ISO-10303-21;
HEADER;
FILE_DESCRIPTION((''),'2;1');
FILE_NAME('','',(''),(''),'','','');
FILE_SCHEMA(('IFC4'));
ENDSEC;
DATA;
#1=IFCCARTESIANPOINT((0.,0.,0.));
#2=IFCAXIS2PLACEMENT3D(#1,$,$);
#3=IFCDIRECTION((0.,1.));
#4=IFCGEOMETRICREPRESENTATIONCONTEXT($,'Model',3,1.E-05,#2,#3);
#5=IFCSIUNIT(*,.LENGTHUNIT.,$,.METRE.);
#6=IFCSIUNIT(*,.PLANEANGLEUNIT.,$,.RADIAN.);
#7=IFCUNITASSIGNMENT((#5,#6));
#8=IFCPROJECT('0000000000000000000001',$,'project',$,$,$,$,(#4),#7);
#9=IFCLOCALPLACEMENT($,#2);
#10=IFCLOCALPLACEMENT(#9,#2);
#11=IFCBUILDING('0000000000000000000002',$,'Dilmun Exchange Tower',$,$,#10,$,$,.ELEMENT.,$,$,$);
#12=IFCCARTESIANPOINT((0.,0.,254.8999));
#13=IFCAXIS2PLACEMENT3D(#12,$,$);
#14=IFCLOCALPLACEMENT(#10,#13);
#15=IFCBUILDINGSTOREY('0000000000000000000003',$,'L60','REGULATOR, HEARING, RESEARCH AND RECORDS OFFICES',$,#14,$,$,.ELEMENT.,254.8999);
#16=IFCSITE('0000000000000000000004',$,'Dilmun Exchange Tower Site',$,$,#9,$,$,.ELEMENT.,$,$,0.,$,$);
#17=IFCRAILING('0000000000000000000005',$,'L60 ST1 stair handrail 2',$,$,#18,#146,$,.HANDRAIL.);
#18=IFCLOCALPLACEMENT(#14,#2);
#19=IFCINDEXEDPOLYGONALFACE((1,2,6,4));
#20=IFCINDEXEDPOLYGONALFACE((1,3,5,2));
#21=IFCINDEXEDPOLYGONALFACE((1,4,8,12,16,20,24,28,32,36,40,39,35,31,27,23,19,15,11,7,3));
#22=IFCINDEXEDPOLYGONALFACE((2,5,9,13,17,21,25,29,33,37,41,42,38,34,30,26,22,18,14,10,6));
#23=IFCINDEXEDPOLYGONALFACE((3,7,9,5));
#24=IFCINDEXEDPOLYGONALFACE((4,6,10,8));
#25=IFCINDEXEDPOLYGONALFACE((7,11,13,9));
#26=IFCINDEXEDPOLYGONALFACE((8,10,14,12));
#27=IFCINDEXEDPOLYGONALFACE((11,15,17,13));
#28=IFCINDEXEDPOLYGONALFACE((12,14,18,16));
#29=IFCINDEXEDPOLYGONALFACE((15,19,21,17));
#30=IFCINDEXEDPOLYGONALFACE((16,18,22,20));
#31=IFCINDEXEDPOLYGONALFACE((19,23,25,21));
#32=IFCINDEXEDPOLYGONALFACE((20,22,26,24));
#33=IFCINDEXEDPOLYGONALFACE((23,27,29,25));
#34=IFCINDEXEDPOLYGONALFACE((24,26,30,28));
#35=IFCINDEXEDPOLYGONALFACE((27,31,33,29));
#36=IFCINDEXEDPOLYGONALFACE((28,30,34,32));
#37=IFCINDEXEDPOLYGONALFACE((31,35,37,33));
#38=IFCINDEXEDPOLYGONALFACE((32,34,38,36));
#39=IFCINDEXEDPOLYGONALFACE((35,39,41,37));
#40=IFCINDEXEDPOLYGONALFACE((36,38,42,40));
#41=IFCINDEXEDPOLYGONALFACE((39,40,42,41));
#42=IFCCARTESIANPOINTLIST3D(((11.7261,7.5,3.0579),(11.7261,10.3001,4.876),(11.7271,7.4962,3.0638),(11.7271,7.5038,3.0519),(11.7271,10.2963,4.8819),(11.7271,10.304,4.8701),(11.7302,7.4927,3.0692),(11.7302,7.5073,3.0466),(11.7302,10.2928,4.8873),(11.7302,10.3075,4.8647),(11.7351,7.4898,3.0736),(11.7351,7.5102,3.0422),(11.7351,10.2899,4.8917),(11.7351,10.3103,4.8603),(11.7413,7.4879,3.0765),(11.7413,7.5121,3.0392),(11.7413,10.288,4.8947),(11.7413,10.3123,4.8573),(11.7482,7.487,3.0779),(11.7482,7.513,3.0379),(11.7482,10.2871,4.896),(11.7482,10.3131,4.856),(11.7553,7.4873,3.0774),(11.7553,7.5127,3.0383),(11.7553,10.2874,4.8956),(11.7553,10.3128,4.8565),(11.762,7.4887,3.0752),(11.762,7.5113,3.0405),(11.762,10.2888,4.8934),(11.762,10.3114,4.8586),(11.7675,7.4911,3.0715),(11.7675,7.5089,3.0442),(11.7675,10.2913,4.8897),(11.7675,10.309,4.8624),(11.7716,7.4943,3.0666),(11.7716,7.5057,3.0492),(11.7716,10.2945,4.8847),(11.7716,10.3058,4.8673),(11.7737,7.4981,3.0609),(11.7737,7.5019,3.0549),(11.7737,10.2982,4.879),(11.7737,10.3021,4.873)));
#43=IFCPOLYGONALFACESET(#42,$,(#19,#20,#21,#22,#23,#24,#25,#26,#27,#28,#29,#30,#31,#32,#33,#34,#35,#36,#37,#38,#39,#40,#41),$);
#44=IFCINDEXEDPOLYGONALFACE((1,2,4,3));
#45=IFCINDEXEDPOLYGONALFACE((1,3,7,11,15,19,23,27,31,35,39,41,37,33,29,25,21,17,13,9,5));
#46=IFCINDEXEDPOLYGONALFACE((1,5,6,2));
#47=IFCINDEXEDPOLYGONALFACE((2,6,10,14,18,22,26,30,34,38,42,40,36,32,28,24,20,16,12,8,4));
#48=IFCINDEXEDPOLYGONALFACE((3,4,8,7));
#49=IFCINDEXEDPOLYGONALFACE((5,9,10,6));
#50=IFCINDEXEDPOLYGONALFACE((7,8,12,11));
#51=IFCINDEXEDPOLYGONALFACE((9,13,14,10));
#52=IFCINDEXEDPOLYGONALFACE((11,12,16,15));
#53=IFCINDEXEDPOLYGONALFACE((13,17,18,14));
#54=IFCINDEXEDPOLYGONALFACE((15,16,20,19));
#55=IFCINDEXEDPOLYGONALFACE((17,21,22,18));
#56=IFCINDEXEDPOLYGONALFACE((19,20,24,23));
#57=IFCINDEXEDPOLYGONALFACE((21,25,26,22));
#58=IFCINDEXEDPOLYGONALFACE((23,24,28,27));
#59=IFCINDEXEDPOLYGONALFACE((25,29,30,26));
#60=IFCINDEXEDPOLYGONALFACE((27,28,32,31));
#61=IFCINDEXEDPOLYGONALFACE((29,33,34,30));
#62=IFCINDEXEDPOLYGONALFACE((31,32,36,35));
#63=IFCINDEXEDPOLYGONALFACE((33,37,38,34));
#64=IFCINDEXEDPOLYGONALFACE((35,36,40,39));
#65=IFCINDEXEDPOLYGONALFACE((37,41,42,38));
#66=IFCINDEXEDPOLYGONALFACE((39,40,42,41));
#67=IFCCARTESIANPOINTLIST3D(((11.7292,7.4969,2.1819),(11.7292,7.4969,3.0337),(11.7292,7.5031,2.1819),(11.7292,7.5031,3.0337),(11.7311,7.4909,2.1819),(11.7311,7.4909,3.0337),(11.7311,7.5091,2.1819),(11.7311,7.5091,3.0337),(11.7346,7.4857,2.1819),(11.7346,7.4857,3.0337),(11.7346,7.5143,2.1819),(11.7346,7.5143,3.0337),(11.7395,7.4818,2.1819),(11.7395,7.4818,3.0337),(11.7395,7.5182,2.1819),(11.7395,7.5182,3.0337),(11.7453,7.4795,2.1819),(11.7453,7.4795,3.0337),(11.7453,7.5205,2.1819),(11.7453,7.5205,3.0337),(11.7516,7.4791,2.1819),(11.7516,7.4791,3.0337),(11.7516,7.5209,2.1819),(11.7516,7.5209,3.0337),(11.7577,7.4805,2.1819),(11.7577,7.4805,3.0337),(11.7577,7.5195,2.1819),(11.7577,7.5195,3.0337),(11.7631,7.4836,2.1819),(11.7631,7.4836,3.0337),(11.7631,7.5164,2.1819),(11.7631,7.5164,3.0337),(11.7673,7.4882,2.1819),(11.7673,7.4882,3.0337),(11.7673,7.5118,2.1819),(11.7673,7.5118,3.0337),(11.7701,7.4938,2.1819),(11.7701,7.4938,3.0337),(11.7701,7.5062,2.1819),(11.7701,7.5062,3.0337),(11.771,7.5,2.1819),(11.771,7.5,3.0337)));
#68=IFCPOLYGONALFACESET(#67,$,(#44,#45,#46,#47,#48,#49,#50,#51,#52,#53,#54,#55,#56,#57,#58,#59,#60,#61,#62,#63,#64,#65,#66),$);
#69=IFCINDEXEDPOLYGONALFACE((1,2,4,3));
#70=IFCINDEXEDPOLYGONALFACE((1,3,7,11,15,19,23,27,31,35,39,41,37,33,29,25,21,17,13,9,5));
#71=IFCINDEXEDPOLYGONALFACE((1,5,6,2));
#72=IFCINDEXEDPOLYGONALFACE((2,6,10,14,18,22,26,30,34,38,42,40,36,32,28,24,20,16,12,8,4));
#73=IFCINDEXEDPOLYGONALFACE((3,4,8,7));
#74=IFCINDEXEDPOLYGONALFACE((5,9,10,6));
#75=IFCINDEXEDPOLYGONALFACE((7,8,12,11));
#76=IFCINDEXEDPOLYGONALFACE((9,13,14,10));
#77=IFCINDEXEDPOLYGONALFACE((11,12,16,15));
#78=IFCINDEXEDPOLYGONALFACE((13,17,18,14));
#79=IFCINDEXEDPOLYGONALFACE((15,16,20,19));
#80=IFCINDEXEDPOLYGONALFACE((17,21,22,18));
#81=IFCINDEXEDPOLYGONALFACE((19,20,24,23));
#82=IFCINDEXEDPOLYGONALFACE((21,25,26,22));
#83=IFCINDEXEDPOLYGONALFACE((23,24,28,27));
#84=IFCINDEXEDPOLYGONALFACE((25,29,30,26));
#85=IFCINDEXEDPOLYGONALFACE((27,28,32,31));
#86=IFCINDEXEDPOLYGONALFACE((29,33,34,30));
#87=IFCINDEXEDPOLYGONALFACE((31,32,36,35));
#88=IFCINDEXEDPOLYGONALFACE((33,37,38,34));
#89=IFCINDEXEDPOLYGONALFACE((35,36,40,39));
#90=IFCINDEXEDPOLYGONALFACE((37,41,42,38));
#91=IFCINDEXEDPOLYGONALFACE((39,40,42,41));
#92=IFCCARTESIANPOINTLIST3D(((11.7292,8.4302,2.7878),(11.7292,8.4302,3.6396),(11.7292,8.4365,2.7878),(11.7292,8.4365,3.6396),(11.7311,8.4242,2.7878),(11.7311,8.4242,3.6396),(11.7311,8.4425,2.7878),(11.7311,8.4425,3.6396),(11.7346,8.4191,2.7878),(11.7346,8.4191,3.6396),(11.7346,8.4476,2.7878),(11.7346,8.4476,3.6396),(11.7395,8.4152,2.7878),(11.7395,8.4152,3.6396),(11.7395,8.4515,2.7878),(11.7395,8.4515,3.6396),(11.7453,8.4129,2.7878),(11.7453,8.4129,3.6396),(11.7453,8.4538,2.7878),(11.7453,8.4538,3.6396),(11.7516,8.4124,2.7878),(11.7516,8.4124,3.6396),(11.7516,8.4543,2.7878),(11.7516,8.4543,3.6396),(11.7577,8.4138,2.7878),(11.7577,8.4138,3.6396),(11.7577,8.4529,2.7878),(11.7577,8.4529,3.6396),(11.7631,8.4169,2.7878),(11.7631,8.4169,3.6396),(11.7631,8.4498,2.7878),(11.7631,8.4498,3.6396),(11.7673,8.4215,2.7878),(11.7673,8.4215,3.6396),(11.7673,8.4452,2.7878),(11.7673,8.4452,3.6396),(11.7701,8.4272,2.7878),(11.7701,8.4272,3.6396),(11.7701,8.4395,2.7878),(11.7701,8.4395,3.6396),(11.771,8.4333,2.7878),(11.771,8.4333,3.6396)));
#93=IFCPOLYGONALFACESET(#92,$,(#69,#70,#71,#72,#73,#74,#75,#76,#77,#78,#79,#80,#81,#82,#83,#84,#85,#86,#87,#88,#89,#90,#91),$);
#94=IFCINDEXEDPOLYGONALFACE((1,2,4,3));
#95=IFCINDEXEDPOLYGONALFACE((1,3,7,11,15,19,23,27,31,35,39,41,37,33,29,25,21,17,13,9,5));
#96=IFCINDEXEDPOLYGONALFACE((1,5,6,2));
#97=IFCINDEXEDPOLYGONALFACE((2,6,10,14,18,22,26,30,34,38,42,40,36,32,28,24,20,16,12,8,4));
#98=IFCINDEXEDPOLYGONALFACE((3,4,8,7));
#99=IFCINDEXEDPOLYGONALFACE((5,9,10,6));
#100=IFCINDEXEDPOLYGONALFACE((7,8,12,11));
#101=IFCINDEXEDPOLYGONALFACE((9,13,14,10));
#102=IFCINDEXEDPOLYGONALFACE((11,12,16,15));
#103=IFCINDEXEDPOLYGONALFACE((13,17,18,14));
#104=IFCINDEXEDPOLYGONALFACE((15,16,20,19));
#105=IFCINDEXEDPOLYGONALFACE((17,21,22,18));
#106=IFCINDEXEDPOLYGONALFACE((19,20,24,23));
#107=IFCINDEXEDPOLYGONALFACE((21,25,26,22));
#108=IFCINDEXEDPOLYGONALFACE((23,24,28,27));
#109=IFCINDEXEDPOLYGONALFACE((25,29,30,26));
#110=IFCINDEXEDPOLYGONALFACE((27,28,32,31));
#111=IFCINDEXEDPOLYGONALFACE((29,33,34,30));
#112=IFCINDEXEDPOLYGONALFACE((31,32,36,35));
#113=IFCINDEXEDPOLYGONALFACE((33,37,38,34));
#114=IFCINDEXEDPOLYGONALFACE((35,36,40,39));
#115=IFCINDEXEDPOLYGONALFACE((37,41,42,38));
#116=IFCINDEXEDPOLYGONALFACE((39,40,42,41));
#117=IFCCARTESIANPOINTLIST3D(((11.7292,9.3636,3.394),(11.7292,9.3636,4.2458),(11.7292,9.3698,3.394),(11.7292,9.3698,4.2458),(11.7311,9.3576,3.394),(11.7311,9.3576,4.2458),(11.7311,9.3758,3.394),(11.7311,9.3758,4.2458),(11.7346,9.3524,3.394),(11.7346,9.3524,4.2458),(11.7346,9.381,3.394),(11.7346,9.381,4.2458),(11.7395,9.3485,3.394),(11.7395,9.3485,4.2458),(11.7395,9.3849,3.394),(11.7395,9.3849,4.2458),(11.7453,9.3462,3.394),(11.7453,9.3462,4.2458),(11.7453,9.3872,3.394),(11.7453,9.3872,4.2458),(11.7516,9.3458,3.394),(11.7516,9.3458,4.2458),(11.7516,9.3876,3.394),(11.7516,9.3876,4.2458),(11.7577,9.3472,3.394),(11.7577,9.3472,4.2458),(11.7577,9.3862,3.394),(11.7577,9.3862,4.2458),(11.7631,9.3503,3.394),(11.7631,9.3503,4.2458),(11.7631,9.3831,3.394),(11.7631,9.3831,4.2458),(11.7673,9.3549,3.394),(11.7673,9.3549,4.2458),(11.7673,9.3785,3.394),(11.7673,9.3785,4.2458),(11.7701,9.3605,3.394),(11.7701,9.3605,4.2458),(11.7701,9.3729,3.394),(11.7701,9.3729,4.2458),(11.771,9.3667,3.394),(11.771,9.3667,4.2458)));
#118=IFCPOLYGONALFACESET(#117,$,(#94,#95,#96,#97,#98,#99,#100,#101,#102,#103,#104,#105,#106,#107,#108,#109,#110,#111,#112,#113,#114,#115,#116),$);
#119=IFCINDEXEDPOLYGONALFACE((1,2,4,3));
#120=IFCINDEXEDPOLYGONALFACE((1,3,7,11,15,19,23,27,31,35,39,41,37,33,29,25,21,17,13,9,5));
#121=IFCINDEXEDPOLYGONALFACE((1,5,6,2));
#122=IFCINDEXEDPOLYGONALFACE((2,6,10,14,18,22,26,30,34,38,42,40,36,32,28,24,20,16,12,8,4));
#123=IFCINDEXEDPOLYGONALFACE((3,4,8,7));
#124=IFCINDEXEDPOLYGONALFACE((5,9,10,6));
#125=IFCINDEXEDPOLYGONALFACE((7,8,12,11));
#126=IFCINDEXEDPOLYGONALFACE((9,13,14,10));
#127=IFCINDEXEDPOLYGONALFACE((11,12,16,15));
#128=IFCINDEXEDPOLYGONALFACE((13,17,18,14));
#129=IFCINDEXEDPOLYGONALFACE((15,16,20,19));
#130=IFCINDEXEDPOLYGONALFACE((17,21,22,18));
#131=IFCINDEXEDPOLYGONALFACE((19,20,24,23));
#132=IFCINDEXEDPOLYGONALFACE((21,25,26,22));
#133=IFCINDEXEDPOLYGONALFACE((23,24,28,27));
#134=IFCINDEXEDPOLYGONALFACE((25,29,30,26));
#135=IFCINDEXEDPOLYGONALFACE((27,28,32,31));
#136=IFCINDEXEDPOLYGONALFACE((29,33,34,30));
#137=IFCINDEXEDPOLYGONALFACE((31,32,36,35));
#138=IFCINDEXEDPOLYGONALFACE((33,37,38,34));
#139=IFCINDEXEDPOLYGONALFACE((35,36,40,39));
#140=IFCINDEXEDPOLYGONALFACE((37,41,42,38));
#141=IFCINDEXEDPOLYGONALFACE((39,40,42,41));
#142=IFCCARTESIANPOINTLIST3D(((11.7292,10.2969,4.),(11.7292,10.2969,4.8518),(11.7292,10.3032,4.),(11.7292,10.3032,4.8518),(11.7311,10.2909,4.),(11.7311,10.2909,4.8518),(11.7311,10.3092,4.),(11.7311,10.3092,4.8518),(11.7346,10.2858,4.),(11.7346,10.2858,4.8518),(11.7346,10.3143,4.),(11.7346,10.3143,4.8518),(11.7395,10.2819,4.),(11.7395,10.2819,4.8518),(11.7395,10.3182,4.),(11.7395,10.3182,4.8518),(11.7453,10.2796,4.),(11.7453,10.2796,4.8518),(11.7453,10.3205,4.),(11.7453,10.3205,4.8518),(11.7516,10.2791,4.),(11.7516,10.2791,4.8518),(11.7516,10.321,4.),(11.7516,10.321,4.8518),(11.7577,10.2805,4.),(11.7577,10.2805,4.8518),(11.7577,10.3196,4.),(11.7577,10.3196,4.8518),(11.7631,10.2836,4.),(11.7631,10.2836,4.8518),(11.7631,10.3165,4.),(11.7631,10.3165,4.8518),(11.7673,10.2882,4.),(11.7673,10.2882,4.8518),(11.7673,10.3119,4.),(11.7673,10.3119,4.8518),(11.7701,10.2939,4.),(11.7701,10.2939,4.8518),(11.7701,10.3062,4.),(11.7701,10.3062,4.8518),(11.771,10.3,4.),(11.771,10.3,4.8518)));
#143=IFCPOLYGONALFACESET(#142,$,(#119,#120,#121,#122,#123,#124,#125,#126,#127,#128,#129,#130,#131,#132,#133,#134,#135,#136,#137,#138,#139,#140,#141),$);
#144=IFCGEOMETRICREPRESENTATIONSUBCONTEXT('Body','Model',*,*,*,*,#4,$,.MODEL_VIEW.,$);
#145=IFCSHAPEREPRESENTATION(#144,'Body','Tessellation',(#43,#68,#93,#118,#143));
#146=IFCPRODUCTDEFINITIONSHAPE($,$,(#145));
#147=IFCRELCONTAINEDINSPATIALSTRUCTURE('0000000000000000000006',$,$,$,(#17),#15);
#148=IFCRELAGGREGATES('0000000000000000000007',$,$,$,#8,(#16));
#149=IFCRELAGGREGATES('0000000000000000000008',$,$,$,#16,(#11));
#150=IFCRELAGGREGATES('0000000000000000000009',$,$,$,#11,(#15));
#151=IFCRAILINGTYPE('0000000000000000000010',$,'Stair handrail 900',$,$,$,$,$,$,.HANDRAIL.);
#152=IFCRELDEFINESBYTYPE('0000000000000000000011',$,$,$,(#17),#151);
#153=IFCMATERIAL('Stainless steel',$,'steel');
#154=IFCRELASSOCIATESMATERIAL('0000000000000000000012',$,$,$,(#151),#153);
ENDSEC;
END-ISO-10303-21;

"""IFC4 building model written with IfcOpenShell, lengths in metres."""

from ifc_helpers import new_model, si_unit, direction, frame, origin, origin_2d, place, context, subcontext, project, spatial, circle, extrude, material, type_object, element, save


model = new_model("IFC4")

# Units and contexts
model_context = context("Model", 3, precision=1e-05, world=origin(), true_north=direction((0.0, 1.0)))
body_context = subcontext(model_context, "Body", "Model", "MODEL_VIEW")
ifc_project = project(units=[si_unit("LENGTHUNIT", "METRE"), si_unit("PLANEANGLEUNIT", "RADIAN")], contexts=[model_context])

# Site, building, storey
site_placement = place(None, origin())
site = spatial("IfcSite", under=ifc_project, at=site_placement, Name="Dilmun Exchange Tower Site", CompositionType="ELEMENT", RefElevation=0.0)
building_placement = place(site_placement, origin())
building = spatial("IfcBuilding", under=site, at=building_placement, Name="Dilmun Exchange Tower", CompositionType="ELEMENT")
storey_placement = place(building_placement, frame((0.0, 0.0, 254.8999)))
storey = spatial("IfcBuildingStorey", under=building, at=storey_placement, Name="L60", Description="REGULATOR, HEARING, RESEARCH AND RECORDS OFFICES", CompositionType="ELEMENT", Elevation=254.8999)

# Railing
ifc_material_1 = material(Name="Stainless steel", Category="steel")
railing_type = type_object("IfcRailingType", Name="Stair handrail 900", PredefinedType="HANDRAIL", material=ifc_material_1)
railing_1_placement = place(storey_placement, frame((11.75, 7.5, 2.1819)))
element("IfcRailing", 1, at=railing_1_placement, inside=storey, type_object=railing_type, Name="L60 ST1 stair handrail 2", PredefinedType="HANDRAIL", context=body_context, shape_type="SweptSolid", body=[
    extrude(circle(Radius=0.0239, at=origin_2d()), frame((0.0, 0.0, 0.876), z_axis=(0.0, 0.838706, 0.544585), x_axis=(-1.0, 0.0, 0.0)), (0.0, 0.0, 1.0), 3.3386),
    extrude(circle(Radius=0.021, at=origin_2d()), origin(), (0.0, 0.0, 1.0), 0.8518),
    extrude(circle(Radius=0.021, at=origin_2d()), frame((0.0, 0.9333, 0.606)), (0.0, 0.0, 1.0), 0.8518),
    extrude(circle(Radius=0.021, at=origin_2d()), frame((0.0, 1.8667, 1.2122)), (0.0, 0.0, 1.0), 0.8518),
    extrude(circle(Radius=0.021, at=origin_2d()), frame((0.0, 2.8, 1.8181)), (0.0, 0.0, 1.0), 0.8518),
])

save(model, "model.ifc")
